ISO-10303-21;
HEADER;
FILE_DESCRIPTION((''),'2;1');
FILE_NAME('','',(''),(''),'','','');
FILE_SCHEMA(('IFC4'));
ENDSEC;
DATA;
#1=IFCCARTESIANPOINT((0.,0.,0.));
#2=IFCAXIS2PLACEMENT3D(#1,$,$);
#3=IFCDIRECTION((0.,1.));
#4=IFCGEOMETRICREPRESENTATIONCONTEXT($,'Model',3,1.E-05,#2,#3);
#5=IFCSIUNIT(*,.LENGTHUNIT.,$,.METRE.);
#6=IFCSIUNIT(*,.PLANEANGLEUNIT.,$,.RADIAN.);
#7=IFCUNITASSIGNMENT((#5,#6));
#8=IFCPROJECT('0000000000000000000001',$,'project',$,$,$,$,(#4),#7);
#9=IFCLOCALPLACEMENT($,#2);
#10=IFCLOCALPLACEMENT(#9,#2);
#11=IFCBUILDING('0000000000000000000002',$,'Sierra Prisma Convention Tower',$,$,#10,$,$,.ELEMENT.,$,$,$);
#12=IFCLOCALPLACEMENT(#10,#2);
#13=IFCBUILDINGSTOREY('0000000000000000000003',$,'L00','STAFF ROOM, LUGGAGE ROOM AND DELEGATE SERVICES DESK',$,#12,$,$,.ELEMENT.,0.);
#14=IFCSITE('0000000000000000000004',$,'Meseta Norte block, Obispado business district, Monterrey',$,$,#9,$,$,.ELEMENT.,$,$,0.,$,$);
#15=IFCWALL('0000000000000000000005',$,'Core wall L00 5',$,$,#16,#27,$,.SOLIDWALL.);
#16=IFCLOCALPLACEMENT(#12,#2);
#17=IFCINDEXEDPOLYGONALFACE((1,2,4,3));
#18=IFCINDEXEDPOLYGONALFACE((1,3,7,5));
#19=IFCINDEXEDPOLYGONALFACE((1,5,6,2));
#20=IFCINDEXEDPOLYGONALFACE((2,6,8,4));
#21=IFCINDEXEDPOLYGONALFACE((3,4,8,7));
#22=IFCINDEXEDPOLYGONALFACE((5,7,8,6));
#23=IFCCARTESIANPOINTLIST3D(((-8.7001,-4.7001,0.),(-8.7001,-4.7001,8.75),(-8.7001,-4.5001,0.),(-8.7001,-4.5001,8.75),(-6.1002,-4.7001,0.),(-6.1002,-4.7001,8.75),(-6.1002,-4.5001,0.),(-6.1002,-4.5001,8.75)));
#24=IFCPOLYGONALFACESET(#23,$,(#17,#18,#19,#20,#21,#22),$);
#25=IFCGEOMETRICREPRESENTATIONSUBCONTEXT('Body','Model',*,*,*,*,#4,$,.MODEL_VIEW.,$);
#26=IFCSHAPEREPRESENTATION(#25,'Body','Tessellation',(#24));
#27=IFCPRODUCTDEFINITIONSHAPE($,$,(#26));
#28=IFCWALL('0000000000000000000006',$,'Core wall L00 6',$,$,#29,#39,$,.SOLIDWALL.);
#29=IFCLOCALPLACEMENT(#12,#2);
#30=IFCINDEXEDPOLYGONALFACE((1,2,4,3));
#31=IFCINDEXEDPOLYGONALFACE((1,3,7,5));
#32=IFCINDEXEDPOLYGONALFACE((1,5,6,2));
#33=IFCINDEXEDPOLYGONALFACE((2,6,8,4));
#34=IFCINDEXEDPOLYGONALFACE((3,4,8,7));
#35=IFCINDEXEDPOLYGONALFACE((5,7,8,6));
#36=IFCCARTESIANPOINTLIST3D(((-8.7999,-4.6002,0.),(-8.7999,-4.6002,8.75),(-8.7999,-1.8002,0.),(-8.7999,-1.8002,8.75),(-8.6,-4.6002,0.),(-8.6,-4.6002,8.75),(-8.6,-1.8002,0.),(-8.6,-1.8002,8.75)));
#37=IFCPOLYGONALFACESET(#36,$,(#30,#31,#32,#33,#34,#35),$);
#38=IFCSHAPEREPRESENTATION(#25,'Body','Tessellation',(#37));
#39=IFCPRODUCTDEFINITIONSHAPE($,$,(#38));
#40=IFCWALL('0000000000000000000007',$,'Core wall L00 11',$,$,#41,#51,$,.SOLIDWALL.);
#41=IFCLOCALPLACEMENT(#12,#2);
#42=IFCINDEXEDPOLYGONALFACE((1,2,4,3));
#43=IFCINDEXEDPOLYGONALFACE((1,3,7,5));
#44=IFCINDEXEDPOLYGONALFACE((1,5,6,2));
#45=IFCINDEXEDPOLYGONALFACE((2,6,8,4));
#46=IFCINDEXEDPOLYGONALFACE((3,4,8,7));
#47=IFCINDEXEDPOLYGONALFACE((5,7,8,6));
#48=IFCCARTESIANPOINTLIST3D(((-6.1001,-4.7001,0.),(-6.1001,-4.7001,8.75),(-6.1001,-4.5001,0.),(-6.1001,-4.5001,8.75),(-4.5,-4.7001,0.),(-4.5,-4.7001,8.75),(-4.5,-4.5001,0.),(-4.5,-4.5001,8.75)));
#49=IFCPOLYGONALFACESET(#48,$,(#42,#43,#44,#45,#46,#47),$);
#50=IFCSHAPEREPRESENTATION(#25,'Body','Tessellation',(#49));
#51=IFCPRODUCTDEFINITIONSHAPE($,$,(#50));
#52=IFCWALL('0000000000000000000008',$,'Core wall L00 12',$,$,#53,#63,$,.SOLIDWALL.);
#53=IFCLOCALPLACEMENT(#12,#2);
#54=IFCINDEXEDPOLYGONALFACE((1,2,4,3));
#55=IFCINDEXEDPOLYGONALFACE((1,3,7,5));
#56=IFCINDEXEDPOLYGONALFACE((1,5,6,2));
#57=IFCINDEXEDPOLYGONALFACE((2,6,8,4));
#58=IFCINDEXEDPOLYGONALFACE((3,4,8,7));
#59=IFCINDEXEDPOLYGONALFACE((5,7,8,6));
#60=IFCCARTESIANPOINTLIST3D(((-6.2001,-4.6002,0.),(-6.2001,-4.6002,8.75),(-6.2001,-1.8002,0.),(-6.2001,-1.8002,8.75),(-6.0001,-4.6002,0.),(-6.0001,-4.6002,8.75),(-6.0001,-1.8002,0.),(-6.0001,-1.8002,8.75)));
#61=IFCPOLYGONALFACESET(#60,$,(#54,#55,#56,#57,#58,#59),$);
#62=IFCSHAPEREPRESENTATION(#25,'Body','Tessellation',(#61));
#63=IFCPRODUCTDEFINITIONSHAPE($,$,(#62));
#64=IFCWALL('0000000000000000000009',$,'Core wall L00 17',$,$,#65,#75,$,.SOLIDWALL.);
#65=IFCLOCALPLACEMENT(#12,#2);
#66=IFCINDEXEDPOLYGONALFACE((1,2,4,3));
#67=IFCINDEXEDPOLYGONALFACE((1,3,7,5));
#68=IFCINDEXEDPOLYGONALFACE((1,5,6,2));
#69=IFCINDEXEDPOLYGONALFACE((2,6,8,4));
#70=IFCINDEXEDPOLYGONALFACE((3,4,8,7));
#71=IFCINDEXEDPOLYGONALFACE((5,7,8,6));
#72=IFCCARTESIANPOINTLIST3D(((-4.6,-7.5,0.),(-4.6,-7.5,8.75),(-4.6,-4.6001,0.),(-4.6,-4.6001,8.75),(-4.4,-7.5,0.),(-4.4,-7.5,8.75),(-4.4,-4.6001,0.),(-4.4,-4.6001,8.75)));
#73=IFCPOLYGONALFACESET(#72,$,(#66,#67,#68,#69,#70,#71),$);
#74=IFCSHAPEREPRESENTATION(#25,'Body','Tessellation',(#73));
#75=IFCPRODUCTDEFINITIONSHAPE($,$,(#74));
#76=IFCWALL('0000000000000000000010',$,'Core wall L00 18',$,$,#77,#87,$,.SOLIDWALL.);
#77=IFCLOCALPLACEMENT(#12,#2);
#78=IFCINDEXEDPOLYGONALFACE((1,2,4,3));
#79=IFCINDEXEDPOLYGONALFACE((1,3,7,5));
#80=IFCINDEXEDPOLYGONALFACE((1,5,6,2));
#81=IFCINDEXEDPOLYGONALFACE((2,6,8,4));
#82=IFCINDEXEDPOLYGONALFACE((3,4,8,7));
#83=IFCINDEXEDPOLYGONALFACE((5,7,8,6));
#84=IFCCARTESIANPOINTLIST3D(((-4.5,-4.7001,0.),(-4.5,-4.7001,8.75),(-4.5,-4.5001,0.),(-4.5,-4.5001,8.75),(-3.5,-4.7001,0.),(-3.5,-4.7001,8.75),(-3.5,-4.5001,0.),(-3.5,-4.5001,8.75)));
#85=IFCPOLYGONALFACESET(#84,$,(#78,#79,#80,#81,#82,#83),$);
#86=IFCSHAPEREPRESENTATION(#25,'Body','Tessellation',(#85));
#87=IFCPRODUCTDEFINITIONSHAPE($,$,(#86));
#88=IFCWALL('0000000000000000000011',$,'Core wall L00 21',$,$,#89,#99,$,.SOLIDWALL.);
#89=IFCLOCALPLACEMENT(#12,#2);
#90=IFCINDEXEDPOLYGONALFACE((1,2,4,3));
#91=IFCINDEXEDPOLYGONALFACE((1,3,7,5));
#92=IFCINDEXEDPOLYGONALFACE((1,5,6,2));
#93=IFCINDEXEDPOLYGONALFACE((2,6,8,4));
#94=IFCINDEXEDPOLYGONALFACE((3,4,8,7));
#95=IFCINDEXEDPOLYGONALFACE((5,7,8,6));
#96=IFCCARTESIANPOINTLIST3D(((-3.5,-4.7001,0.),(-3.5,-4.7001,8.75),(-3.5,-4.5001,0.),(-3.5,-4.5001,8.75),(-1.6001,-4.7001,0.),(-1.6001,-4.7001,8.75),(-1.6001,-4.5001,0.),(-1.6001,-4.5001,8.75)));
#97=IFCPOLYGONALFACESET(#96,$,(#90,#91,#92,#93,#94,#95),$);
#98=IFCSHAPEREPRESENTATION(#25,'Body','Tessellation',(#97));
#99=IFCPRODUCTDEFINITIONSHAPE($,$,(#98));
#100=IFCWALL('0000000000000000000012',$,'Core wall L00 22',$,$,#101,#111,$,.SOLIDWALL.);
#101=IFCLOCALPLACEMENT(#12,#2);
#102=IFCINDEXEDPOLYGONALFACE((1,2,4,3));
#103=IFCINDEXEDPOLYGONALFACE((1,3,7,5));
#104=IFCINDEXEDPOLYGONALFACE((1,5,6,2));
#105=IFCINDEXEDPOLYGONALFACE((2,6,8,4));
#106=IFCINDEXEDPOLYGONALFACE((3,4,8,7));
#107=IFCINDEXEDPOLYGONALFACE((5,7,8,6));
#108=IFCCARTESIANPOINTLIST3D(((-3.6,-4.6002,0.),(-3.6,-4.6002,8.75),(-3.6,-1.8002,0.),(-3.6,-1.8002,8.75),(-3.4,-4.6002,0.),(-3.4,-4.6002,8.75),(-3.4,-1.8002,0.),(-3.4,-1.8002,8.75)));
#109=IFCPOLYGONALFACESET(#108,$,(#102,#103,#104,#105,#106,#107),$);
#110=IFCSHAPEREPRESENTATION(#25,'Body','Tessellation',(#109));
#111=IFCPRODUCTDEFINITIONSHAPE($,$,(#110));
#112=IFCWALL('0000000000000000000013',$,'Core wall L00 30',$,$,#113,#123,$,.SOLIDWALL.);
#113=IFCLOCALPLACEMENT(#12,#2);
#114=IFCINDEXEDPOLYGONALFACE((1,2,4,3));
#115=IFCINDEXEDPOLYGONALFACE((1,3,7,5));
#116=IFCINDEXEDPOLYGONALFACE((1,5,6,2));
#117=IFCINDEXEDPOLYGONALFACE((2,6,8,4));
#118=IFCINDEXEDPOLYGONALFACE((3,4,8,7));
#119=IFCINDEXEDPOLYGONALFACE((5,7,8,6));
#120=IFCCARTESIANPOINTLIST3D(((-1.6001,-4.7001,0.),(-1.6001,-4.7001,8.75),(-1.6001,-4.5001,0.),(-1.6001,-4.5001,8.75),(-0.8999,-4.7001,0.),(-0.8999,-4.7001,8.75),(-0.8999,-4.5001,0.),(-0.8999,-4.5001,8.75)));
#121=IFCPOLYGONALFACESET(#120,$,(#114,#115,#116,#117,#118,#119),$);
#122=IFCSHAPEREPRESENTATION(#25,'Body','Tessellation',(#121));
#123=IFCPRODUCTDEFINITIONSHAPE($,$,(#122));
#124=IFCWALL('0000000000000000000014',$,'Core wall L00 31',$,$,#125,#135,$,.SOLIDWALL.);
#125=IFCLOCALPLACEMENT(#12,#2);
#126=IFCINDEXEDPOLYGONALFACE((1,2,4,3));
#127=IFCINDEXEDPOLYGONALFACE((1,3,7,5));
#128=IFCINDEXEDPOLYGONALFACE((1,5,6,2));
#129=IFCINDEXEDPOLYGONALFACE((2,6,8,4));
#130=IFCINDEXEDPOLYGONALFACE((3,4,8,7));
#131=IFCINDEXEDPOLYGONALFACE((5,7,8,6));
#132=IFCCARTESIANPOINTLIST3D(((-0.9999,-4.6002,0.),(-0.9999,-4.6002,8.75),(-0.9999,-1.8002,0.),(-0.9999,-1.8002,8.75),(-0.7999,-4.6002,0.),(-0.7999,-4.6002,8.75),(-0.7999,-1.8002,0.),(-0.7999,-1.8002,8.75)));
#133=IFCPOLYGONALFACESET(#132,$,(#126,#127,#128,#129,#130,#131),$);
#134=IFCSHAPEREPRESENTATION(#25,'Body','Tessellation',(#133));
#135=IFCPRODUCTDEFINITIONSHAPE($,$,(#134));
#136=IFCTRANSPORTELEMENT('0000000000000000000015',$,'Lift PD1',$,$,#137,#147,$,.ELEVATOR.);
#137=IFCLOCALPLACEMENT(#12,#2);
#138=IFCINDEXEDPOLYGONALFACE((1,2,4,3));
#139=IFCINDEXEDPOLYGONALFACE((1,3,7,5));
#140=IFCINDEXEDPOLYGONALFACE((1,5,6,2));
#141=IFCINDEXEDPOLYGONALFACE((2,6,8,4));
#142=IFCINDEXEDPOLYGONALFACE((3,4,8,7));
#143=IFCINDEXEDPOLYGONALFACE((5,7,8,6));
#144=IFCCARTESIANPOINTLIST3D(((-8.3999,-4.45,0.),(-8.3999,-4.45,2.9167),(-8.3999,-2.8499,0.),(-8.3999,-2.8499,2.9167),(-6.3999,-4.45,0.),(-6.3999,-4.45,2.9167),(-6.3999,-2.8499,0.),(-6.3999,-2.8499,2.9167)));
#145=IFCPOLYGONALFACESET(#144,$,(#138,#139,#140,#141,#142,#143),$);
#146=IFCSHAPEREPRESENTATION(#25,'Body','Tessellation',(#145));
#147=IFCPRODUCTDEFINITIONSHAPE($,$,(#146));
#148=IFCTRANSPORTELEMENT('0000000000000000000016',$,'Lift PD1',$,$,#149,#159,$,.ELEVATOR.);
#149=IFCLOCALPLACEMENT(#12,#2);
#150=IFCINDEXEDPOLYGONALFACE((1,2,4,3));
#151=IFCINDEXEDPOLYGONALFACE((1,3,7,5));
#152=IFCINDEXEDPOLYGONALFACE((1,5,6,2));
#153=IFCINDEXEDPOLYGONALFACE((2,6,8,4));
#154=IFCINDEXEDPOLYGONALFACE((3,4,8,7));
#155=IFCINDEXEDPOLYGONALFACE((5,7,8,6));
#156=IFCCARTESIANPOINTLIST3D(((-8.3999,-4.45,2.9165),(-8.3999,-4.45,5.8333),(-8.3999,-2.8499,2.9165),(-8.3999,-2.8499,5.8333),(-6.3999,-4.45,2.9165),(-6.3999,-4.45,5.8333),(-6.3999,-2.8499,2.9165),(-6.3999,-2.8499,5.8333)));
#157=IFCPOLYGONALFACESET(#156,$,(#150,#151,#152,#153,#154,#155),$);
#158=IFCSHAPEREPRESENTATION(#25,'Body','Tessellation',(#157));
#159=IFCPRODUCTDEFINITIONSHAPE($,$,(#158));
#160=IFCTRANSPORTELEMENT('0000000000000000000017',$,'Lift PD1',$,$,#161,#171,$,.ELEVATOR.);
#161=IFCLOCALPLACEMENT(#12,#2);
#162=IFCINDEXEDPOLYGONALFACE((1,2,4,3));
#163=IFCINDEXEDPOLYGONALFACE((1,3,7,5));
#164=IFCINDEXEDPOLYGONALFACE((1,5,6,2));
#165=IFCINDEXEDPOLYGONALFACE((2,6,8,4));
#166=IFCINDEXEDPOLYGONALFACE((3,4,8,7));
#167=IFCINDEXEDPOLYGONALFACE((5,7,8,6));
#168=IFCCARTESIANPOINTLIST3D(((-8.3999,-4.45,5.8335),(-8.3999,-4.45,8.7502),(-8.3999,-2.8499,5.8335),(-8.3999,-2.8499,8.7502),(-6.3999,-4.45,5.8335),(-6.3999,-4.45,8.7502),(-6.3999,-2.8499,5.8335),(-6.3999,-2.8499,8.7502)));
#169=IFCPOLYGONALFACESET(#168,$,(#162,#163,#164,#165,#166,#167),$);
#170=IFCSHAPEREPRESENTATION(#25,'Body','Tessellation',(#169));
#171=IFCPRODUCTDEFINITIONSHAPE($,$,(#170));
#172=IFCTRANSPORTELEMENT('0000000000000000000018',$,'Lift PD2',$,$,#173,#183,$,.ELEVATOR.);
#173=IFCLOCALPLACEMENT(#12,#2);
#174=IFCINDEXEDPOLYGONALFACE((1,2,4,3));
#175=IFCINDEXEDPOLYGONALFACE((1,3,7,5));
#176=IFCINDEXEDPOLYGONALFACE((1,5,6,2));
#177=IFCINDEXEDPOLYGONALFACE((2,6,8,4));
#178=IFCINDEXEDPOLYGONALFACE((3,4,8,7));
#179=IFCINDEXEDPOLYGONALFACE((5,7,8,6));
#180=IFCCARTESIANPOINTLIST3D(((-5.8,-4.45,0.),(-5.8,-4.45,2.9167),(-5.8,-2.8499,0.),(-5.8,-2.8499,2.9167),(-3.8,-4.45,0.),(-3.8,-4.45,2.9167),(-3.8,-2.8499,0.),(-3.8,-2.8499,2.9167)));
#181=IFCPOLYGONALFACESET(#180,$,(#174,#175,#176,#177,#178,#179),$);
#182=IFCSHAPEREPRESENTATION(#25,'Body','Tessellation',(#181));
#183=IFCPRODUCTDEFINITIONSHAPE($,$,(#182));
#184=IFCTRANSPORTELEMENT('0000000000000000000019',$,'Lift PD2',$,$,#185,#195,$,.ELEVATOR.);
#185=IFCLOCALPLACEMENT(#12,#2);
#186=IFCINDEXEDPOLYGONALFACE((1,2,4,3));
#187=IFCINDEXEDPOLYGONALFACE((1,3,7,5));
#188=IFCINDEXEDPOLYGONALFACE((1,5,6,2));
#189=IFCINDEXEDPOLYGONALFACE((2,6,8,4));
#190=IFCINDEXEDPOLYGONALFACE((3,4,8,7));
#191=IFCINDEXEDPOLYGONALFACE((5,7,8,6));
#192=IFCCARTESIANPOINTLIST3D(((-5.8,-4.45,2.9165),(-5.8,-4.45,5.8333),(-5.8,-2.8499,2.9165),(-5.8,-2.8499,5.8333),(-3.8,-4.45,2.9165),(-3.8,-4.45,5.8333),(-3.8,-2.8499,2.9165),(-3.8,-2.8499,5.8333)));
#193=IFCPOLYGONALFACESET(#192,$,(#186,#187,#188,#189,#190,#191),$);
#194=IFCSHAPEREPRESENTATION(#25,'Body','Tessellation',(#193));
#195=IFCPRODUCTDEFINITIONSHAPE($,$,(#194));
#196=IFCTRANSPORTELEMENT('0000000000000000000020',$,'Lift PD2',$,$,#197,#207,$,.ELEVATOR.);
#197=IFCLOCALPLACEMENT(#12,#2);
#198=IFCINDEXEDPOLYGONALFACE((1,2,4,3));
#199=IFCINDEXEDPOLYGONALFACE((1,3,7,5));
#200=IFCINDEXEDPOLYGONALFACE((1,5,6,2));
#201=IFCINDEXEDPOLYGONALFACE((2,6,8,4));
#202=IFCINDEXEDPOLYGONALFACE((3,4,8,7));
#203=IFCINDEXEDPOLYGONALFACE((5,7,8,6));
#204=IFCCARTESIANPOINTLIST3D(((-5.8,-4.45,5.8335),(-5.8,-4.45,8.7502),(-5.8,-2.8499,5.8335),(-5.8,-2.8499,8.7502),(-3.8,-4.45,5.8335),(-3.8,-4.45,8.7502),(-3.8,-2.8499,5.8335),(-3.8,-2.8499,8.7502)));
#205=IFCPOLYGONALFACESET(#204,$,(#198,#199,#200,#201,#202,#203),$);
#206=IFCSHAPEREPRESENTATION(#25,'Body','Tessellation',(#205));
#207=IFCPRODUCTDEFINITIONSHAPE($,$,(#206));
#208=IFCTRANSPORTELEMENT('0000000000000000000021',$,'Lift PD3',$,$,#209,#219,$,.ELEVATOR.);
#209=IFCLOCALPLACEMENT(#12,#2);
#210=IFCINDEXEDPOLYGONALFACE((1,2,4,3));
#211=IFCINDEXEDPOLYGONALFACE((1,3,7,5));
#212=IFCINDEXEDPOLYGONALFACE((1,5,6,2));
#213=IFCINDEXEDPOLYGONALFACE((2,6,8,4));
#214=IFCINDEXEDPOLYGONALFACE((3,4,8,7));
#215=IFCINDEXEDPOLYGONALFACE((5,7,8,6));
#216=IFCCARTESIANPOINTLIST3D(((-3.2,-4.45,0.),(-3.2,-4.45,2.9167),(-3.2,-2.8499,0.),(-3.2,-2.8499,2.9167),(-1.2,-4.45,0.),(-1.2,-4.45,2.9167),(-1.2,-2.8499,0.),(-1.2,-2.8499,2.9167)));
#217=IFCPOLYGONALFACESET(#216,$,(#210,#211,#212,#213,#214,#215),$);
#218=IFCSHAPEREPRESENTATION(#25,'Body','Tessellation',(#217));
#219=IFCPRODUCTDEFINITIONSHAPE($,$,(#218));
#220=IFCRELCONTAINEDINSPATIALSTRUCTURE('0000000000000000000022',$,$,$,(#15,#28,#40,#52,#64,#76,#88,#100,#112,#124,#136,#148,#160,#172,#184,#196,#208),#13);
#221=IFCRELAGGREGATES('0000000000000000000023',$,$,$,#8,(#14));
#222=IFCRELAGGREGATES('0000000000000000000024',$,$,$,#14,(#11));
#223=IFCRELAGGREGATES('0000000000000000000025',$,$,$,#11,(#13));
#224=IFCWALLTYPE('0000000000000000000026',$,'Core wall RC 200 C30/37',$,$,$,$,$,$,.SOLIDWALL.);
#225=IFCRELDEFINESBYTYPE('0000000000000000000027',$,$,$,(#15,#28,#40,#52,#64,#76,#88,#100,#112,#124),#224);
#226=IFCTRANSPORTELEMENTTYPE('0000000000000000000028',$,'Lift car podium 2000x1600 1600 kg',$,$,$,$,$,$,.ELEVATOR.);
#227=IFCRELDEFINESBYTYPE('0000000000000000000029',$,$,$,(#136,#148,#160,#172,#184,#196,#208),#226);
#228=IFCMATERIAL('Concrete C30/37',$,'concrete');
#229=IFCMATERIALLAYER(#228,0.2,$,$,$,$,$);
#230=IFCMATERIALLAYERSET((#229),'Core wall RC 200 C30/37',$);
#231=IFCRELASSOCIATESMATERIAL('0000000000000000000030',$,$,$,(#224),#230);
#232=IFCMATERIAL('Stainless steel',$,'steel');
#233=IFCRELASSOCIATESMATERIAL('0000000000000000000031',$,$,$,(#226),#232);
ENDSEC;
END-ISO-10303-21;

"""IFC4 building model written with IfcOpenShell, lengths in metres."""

from ifc_helpers import new_model, si_unit, direction, frame, frame_2d, origin, origin_2d, place, context, subcontext, project, spatial, rectangle, extrude, material, layer, layer_set, type_object, element, save


model = new_model("IFC4")

# Units and contexts
model_context = context("Model", 3, precision=1e-05, world=origin(), true_north=direction((0.0, 1.0)))
body_context = subcontext(model_context, "Body", "Model", "MODEL_VIEW")
ifc_project = project(units=[si_unit("LENGTHUNIT", "METRE"), si_unit("PLANEANGLEUNIT", "RADIAN")], contexts=[model_context])

# Site, building, storey
site_placement = place(None, origin())
site = spatial("IfcSite", under=ifc_project, at=site_placement, Name="Meseta Norte block, Obispado business district, Monterrey", CompositionType="ELEMENT", RefElevation=0.0)
building_placement = place(site_placement, origin())
building = spatial("IfcBuilding", under=site, at=building_placement, Name="Sierra Prisma Convention Tower", CompositionType="ELEMENT")
storey_placement = place(building_placement, origin())
storey = spatial("IfcBuildingStorey", under=building, at=storey_placement, Name="L00", Description="STAFF ROOM, LUGGAGE ROOM AND DELEGATE SERVICES DESK", CompositionType="ELEMENT", Elevation=0.0)

# Walls
ifc_material_1 = material(Name="Concrete C30/37", Category="concrete")
ifc_layer_1 = layer(ifc_material_1, 0.2)
ifc_layer_set_1 = layer_set([ifc_layer_1], Name="Core wall RC 200 C30/37")
wall_type = type_object("IfcWallType", Name="Core wall RC 200 C30/37", PredefinedType="SOLIDWALL", material=ifc_layer_set_1)
wall_1_placement = place(storey_placement, frame((-8.7, -4.6001, 0.0), z_axis=(0.0, 0.0, 1.0), x_axis=(1.0, 0.0, 0.0)))
element("IfcWall", 1, at=wall_1_placement, inside=storey, type_object=wall_type, Name="Core wall L00 5", PredefinedType="SOLIDWALL", context=body_context, shape_type="SweptSolid", body=[
    extrude(rectangle(XDim=2.5999, YDim=0.2, at=frame_2d((1.2998, 0.0))), origin(), (0.0, 0.0, 1.0), 8.75),
])
wall_2_placement = place(storey_placement, frame((-8.7, -4.6001, 0.0), z_axis=(0.0, 0.0, 1.0), x_axis=(0.0, 1.0, 0.0)))
element("IfcWall", 2, at=wall_2_placement, inside=storey, type_object=wall_type, Name="Core wall L00 6", PredefinedType="SOLIDWALL", context=body_context, shape_type="SweptSolid", body=[
    extrude(rectangle(XDim=2.8, YDim=0.2, at=frame_2d((1.3999, 0.0))), origin(), (0.0, 0.0, 1.0), 8.75),
])

# Walls
wall_3_placement = place(storey_placement, frame((-6.1001, -4.6001, 0.0), z_axis=(0.0, 0.0, 1.0), x_axis=(1.0, 0.0, 0.0)))
element("IfcWall", 3, at=wall_3_placement, inside=storey, type_object=wall_type, Name="Core wall L00 11", PredefinedType="SOLIDWALL", context=body_context, shape_type="SweptSolid", body=[
    extrude(rectangle(XDim=1.6001, YDim=0.2, at=frame_2d((0.8, 0.0))), origin(), (0.0, 0.0, 1.0), 8.75),
])
wall_4_placement = place(storey_placement, frame((-6.1001, -4.6001, 0.0), z_axis=(0.0, 0.0, 1.0), x_axis=(0.0, 1.0, 0.0)))
element("IfcWall", 4, at=wall_4_placement, inside=storey, type_object=wall_type, Name="Core wall L00 12", PredefinedType="SOLIDWALL", context=body_context, shape_type="SweptSolid", body=[
    extrude(rectangle(XDim=2.8, YDim=0.2, at=frame_2d((1.3999, 0.0))), origin(), (0.0, 0.0, 1.0), 8.75),
])

# Walls
wall_5_placement = place(storey_placement, frame((-4.5, -4.6001, 0.0), z_axis=(0.0, 0.0, 1.0), x_axis=(0.0, -1.0, 0.0)))
element("IfcWall", 5, at=wall_5_placement, inside=storey, type_object=wall_type, Name="Core wall L00 17", PredefinedType="SOLIDWALL", context=body_context, shape_type="SweptSolid", body=[
    extrude(rectangle(XDim=2.8999, YDim=0.2, at=frame_2d((1.45, 0.0))), origin(), (0.0, 0.0, 1.0), 8.75),
])
wall_6_placement = place(storey_placement, frame((-4.5, -4.6001, 0.0), z_axis=(0.0, 0.0, 1.0), x_axis=(1.0, 0.0, 0.0)))
element("IfcWall", 6, at=wall_6_placement, inside=storey, type_object=wall_type, Name="Core wall L00 18", PredefinedType="SOLIDWALL", context=body_context, shape_type="SweptSolid", body=[
    extrude(rectangle(XDim=1.0, YDim=0.2, at=frame_2d((0.5, 0.0))), origin(), (0.0, 0.0, 1.0), 8.75),
])
wall_7_placement = place(storey_placement, frame((-3.5, -4.6001, 0.0), z_axis=(0.0, 0.0, 1.0), x_axis=(1.0, 0.0, 0.0)))
element("IfcWall", 7, at=wall_7_placement, inside=storey, type_object=wall_type, Name="Core wall L00 21", PredefinedType="SOLIDWALL", context=body_context, shape_type="SweptSolid", body=[
    extrude(rectangle(XDim=1.8999, YDim=0.2, at=frame_2d((0.95, 0.0))), origin(), (0.0, 0.0, 1.0), 8.75),
])
wall_8_placement = place(storey_placement, frame((-3.5, -4.6001, 0.0), z_axis=(0.0, 0.0, 1.0), x_axis=(0.0, 1.0, 0.0)))
element("IfcWall", 8, at=wall_8_placement, inside=storey, type_object=wall_type, Name="Core wall L00 22", PredefinedType="SOLIDWALL", context=body_context, shape_type="SweptSolid", body=[
    extrude(rectangle(XDim=2.8, YDim=0.2, at=frame_2d((1.3999, 0.0))), origin(), (0.0, 0.0, 1.0), 8.75),
])

# Walls
wall_9_placement = place(storey_placement, frame((-1.6001, -4.6001, 0.0), z_axis=(0.0, 0.0, 1.0), x_axis=(1.0, 0.0, 0.0)))
element("IfcWall", 9, at=wall_9_placement, inside=storey, type_object=wall_type, Name="Core wall L00 30", PredefinedType="SOLIDWALL", context=body_context, shape_type="SweptSolid", body=[
    extrude(rectangle(XDim=0.7002, YDim=0.2, at=frame_2d((0.3501, 0.0))), origin(), (0.0, 0.0, 1.0), 8.75),
])
wall_10_placement = place(storey_placement, frame((-0.8999, -4.6001, 0.0), z_axis=(0.0, 0.0, 1.0), x_axis=(0.0, 1.0, 0.0)))
element("IfcWall", 10, at=wall_10_placement, inside=storey, type_object=wall_type, Name="Core wall L00 31", PredefinedType="SOLIDWALL", context=body_context, shape_type="SweptSolid", body=[
    extrude(rectangle(XDim=2.8, YDim=0.2, at=frame_2d((1.3999, 0.0))), origin(), (0.0, 0.0, 1.0), 8.75),
])

# Transport elements
ifc_material_2 = material(Name="Stainless steel", Category="steel")
transport_element_type = type_object("IfcTransportElementType", Name="Lift car podium 2000x1600 1600 kg", PredefinedType="ELEVATOR", material=ifc_material_2)
for number, where, z_axis, x_axis, name in (
    (11, (-7.3999, -3.6499, 0.0), (0.0, 0.0, 1.0), (1.0, 0.0, 0.0), "Lift PD1"),
    (12, (-7.3999, -3.6499, 2.9165), (0.0, 0.0, 1.0), (1.0, 0.0, 0.0), "Lift PD1"),
    (13, (-7.3999, -3.6499, 5.8335), (0.0, 0.0, 1.0), (1.0, 0.0, 0.0), "Lift PD1"),
    (14, (-4.8, -3.6499, 0.0), (0.0, 0.0, 1.0), (1.0, 0.0, 0.0), "Lift PD2"),
    (15, (-4.8, -3.6499, 2.9165), (0.0, 0.0, 1.0), (1.0, 0.0, 0.0), "Lift PD2"),
    (16, (-4.8, -3.6499, 5.8335), (0.0, 0.0, 1.0), (1.0, 0.0, 0.0), "Lift PD2"),
    (17, (-2.2, -3.6499, 0.0), (0.0, 0.0, 1.0), (1.0, 0.0, 0.0), "Lift PD3"),
):
    element("IfcTransportElement", number, at=place(storey_placement, frame(where, z_axis=z_axis, x_axis=x_axis)), inside=storey, type_object=transport_element_type, Name=name, PredefinedType="ELEVATOR", context=body_context, shape_type="SweptSolid", body=[
        extrude(rectangle(XDim=2.0, YDim=1.6001, at=origin_2d()), origin(), (0.0, 0.0, 1.0), 2.9167),
    ])

save(model, "model.ifc")
